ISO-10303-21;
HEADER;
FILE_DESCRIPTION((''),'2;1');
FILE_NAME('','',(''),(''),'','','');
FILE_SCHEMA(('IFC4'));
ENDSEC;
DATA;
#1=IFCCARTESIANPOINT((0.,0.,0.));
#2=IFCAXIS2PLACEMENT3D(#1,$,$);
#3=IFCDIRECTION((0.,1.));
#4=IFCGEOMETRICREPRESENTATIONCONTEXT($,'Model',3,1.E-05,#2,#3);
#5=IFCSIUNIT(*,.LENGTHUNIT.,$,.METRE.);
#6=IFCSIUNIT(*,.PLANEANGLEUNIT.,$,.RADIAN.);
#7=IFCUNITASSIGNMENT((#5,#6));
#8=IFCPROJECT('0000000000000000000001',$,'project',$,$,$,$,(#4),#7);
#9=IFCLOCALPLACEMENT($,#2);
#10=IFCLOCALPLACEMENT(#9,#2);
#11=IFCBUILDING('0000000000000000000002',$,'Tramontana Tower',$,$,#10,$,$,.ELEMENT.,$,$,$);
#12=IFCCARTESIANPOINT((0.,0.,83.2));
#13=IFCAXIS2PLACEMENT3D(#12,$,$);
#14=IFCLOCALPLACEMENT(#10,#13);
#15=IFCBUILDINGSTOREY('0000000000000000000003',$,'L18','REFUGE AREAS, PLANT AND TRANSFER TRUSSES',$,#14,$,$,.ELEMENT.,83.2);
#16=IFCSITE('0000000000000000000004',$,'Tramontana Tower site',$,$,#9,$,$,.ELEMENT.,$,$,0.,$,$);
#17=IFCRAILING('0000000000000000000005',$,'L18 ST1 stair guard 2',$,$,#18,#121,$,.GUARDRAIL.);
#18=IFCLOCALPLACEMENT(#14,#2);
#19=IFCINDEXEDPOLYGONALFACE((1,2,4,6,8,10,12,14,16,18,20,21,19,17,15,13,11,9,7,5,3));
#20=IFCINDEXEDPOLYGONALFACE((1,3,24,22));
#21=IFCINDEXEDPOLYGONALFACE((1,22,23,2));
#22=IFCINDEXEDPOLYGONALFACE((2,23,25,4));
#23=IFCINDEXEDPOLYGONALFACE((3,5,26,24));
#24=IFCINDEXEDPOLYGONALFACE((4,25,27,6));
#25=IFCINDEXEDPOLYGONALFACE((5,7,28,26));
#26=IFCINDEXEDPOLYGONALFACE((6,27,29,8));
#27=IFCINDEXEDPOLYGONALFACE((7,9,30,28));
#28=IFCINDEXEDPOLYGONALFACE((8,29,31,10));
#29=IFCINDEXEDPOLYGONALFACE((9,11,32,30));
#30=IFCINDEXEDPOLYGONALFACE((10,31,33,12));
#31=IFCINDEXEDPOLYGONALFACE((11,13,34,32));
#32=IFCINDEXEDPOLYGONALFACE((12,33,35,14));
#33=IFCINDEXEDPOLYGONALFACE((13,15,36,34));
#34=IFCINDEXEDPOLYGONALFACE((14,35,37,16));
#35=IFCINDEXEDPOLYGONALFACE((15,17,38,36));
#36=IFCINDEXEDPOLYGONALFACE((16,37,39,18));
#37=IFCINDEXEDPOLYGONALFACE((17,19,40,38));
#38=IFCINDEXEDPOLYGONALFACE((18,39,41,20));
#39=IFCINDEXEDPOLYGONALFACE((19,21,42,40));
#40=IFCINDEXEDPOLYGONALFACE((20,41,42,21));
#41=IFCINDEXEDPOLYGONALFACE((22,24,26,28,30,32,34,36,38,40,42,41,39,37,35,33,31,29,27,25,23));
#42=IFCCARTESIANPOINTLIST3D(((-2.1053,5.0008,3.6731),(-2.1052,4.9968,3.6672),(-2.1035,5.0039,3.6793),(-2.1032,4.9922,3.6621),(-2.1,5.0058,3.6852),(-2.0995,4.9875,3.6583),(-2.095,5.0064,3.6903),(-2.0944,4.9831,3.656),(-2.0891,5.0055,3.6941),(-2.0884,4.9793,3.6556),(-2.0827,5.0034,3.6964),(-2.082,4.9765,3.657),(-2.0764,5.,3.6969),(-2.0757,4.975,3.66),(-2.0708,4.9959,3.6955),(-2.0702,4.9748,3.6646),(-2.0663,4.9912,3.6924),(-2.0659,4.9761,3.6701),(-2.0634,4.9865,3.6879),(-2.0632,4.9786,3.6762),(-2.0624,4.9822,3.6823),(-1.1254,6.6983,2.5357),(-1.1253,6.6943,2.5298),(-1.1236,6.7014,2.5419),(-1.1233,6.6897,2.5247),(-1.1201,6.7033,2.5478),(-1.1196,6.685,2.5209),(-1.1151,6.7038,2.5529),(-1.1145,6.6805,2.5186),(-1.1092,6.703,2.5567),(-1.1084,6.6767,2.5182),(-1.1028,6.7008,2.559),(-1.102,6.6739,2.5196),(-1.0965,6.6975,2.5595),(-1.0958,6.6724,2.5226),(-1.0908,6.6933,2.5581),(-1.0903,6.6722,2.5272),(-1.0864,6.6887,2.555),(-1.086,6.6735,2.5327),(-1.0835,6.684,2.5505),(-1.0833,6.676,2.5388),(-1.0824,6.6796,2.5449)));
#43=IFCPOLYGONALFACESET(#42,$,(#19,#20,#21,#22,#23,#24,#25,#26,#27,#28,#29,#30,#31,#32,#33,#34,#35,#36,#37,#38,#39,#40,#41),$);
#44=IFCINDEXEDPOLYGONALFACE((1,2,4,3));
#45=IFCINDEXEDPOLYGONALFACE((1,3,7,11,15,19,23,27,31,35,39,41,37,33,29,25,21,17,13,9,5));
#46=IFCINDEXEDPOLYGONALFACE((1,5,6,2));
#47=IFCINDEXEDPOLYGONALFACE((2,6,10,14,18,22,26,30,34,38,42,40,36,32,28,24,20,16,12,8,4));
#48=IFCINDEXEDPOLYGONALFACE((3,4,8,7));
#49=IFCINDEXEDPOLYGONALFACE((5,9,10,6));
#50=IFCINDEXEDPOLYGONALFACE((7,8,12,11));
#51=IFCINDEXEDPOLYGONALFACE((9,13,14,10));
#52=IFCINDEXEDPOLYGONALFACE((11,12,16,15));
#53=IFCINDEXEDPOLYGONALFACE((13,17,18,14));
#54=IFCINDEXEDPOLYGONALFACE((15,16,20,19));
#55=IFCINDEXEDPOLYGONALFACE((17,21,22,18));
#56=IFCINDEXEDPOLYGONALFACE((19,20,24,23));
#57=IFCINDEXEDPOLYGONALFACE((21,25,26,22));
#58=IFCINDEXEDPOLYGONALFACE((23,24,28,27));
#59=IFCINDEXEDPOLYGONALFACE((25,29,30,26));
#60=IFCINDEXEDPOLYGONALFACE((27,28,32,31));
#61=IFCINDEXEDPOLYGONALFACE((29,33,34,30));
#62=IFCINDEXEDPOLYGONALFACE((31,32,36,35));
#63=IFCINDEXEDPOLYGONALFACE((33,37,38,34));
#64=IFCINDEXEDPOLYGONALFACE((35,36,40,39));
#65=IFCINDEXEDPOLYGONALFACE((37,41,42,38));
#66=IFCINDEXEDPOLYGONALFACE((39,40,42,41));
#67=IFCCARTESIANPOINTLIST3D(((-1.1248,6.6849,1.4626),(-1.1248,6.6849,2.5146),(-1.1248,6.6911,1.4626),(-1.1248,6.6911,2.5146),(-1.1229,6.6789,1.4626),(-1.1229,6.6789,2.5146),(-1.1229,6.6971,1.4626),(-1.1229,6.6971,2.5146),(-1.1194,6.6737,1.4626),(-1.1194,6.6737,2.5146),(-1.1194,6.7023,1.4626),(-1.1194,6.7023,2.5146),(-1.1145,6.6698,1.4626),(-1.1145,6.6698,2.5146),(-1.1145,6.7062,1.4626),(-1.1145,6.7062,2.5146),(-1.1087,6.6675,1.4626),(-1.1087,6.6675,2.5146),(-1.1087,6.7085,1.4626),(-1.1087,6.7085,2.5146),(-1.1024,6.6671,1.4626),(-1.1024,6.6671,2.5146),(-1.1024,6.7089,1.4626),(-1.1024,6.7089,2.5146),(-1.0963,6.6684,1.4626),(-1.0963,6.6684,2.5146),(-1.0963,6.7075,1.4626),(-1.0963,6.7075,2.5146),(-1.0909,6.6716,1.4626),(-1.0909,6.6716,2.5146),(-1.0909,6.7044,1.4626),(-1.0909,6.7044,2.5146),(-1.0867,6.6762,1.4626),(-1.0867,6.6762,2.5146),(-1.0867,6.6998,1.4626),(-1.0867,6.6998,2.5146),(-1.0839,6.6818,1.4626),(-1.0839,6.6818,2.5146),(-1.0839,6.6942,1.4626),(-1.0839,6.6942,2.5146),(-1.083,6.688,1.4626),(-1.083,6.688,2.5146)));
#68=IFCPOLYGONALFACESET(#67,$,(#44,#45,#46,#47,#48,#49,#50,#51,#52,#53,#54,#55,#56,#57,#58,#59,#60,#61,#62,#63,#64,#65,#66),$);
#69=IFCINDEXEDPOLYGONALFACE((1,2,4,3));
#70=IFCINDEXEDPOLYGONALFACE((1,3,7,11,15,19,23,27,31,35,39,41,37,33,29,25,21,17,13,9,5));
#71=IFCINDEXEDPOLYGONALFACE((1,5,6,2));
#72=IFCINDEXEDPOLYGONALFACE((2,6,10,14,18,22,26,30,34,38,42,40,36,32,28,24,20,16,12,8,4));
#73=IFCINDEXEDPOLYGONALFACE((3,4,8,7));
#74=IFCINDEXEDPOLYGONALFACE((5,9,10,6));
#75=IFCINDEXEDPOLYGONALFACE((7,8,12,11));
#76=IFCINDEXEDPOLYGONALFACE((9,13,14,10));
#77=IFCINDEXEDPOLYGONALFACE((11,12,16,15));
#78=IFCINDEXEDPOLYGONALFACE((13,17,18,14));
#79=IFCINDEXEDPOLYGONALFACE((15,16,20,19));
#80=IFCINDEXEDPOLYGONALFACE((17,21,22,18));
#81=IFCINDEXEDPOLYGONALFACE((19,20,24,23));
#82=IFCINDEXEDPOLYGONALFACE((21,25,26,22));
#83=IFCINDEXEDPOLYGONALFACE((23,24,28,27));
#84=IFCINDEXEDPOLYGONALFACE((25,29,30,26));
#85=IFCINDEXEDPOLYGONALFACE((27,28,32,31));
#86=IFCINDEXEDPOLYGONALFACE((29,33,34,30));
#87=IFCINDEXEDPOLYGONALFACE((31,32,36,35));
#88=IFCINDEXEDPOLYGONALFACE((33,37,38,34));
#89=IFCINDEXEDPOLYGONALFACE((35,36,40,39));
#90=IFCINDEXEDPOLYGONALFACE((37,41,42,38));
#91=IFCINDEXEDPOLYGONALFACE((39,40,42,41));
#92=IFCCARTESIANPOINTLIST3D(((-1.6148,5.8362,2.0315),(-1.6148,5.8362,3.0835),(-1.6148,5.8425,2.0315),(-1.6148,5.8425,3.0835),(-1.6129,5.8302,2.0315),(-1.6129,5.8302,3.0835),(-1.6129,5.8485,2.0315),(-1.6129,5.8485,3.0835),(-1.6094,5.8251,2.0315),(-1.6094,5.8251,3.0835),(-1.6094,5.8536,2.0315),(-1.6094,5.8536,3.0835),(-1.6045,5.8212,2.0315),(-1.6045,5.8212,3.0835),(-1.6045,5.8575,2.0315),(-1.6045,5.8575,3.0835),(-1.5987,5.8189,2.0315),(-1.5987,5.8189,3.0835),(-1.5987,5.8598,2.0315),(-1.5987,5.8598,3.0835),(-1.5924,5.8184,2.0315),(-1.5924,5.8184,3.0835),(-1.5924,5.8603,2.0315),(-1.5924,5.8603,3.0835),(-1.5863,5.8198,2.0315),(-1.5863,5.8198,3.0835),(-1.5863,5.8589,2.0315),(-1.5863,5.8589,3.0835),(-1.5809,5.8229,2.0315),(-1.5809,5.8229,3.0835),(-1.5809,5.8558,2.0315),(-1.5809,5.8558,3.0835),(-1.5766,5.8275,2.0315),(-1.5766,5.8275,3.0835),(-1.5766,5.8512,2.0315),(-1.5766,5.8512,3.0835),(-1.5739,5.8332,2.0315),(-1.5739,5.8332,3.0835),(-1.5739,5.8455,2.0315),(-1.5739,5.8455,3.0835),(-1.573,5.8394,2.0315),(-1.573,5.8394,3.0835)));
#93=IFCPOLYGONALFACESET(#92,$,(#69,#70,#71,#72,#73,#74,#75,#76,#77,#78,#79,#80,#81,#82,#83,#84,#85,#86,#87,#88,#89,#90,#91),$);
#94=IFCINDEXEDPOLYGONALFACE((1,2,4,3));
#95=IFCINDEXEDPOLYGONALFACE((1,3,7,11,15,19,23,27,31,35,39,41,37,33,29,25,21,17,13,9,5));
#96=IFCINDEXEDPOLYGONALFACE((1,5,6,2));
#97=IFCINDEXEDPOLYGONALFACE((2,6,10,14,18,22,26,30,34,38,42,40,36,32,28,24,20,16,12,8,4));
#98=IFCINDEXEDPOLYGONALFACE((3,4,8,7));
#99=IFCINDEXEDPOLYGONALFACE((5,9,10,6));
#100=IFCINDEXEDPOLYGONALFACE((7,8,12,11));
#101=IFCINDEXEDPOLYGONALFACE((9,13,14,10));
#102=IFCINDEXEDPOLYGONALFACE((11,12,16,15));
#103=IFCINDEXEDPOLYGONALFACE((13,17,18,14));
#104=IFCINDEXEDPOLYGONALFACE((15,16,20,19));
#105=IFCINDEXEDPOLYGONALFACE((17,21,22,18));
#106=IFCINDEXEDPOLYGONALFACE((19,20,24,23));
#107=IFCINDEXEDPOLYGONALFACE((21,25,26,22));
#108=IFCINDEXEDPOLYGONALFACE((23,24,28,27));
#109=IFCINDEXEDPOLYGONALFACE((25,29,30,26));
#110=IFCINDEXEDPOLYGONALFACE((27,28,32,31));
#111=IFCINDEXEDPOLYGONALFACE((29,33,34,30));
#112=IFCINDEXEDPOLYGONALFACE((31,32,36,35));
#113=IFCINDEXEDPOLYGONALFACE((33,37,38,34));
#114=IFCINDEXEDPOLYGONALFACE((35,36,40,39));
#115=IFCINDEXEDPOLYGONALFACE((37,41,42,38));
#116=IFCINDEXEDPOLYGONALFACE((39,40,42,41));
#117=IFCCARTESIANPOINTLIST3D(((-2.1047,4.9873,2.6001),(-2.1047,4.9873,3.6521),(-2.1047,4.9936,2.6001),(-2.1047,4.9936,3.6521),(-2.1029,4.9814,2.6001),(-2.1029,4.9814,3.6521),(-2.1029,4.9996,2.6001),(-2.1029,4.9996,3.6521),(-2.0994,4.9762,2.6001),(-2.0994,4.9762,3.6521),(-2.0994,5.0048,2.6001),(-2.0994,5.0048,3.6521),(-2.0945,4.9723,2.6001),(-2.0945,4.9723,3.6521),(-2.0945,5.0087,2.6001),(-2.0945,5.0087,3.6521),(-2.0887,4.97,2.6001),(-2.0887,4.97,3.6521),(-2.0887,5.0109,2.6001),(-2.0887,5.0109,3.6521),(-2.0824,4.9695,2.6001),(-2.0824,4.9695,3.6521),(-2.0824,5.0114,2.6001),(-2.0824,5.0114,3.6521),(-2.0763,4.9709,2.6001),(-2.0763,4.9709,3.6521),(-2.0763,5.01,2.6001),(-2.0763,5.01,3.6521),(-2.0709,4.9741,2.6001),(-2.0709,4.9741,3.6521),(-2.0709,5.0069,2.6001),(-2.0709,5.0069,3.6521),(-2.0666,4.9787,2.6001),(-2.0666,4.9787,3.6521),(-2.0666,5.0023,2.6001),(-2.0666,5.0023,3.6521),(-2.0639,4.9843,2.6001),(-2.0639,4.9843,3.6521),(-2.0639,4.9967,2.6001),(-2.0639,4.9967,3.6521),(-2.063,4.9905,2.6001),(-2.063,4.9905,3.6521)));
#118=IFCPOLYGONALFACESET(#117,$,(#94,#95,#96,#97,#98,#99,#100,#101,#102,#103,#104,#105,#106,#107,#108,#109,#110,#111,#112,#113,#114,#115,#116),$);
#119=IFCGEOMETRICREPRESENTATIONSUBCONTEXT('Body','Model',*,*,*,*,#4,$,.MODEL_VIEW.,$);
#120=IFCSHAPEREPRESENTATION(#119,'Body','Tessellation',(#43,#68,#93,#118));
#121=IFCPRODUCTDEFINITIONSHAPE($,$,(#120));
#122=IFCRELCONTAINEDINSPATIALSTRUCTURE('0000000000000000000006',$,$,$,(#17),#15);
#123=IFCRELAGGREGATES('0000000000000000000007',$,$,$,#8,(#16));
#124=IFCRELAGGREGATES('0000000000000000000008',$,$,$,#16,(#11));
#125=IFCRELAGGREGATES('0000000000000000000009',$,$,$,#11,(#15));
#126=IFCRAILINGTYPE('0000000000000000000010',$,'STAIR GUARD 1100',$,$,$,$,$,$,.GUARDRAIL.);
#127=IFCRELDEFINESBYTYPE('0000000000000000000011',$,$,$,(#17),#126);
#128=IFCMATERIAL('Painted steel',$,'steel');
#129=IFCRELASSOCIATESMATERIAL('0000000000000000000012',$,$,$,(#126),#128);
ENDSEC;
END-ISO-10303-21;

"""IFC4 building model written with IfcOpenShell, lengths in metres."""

from ifc_helpers import new_model, si_unit, direction, frame, origin, origin_2d, place, context, subcontext, project, spatial, circle, extrude, material, type_object, element, save


model = new_model("IFC4")

# Units and contexts
model_context = context("Model", 3, precision=1e-05, world=origin(), true_north=direction((0.0, 1.0)))
body_context = subcontext(model_context, "Body", "Model", "MODEL_VIEW")
ifc_project = project(units=[si_unit("LENGTHUNIT", "METRE"), si_unit("PLANEANGLEUNIT", "RADIAN")], contexts=[model_context])

# Site, building, storey
site_placement = place(None, origin())
site = spatial("IfcSite", under=ifc_project, at=site_placement, Name="Tramontana Tower site", CompositionType="ELEMENT", RefElevation=0.0)
building_placement = place(site_placement, origin())
building = spatial("IfcBuilding", under=site, at=building_placement, Name="Tramontana Tower", CompositionType="ELEMENT")
storey_placement = place(building_placement, frame((0.0, 0.0, 83.2)))
storey = spatial("IfcBuildingStorey", under=building, at=storey_placement, Name="L18", Description="REFUGE AREAS, PLANT AND TRANSFER TRUSSES", CompositionType="ELEMENT", Elevation=83.2)

# Railing
ifc_material_1 = material(Name="Painted steel", Category="steel")
railing_type_1 = type_object("IfcRailingType", Name="STAIR GUARD 1100", PredefinedType="GUARDRAIL", material=ifc_material_1)
railing_1_placement = place(storey_placement, frame((-1.104, 6.688, 1.4626)))
element("IfcRailing", 1, at=railing_1_placement, inside=storey, type_object=railing_type_1, Name="L18 ST1 stair guard 2", PredefinedType="GUARDRAIL", context=body_context, shape_type="SweptSolid", body=[
    extrude(circle(Radius=0.0239, at=origin_2d()), frame((0.0, 0.0, 1.0762), z_axis=(-0.432432, -0.749053, 0.501918), x_axis=(0.866042, -0.49997, 0.0)), (0.0, 0.0, 1.0), 2.2661),
    extrude(circle(Radius=0.021, at=origin_2d()), origin(), (0.0, 0.0, 1.0), 1.052),
    extrude(circle(Radius=0.021, at=origin_2d()), frame((-0.49, -0.8486, 0.5688)), (0.0, 0.0, 1.0), 1.052),
    extrude(circle(Radius=0.021, at=origin_2d()), frame((-0.98, -1.6975, 1.1375)), (0.0, 0.0, 1.0), 1.052),
])

save(model, "model.ifc")
